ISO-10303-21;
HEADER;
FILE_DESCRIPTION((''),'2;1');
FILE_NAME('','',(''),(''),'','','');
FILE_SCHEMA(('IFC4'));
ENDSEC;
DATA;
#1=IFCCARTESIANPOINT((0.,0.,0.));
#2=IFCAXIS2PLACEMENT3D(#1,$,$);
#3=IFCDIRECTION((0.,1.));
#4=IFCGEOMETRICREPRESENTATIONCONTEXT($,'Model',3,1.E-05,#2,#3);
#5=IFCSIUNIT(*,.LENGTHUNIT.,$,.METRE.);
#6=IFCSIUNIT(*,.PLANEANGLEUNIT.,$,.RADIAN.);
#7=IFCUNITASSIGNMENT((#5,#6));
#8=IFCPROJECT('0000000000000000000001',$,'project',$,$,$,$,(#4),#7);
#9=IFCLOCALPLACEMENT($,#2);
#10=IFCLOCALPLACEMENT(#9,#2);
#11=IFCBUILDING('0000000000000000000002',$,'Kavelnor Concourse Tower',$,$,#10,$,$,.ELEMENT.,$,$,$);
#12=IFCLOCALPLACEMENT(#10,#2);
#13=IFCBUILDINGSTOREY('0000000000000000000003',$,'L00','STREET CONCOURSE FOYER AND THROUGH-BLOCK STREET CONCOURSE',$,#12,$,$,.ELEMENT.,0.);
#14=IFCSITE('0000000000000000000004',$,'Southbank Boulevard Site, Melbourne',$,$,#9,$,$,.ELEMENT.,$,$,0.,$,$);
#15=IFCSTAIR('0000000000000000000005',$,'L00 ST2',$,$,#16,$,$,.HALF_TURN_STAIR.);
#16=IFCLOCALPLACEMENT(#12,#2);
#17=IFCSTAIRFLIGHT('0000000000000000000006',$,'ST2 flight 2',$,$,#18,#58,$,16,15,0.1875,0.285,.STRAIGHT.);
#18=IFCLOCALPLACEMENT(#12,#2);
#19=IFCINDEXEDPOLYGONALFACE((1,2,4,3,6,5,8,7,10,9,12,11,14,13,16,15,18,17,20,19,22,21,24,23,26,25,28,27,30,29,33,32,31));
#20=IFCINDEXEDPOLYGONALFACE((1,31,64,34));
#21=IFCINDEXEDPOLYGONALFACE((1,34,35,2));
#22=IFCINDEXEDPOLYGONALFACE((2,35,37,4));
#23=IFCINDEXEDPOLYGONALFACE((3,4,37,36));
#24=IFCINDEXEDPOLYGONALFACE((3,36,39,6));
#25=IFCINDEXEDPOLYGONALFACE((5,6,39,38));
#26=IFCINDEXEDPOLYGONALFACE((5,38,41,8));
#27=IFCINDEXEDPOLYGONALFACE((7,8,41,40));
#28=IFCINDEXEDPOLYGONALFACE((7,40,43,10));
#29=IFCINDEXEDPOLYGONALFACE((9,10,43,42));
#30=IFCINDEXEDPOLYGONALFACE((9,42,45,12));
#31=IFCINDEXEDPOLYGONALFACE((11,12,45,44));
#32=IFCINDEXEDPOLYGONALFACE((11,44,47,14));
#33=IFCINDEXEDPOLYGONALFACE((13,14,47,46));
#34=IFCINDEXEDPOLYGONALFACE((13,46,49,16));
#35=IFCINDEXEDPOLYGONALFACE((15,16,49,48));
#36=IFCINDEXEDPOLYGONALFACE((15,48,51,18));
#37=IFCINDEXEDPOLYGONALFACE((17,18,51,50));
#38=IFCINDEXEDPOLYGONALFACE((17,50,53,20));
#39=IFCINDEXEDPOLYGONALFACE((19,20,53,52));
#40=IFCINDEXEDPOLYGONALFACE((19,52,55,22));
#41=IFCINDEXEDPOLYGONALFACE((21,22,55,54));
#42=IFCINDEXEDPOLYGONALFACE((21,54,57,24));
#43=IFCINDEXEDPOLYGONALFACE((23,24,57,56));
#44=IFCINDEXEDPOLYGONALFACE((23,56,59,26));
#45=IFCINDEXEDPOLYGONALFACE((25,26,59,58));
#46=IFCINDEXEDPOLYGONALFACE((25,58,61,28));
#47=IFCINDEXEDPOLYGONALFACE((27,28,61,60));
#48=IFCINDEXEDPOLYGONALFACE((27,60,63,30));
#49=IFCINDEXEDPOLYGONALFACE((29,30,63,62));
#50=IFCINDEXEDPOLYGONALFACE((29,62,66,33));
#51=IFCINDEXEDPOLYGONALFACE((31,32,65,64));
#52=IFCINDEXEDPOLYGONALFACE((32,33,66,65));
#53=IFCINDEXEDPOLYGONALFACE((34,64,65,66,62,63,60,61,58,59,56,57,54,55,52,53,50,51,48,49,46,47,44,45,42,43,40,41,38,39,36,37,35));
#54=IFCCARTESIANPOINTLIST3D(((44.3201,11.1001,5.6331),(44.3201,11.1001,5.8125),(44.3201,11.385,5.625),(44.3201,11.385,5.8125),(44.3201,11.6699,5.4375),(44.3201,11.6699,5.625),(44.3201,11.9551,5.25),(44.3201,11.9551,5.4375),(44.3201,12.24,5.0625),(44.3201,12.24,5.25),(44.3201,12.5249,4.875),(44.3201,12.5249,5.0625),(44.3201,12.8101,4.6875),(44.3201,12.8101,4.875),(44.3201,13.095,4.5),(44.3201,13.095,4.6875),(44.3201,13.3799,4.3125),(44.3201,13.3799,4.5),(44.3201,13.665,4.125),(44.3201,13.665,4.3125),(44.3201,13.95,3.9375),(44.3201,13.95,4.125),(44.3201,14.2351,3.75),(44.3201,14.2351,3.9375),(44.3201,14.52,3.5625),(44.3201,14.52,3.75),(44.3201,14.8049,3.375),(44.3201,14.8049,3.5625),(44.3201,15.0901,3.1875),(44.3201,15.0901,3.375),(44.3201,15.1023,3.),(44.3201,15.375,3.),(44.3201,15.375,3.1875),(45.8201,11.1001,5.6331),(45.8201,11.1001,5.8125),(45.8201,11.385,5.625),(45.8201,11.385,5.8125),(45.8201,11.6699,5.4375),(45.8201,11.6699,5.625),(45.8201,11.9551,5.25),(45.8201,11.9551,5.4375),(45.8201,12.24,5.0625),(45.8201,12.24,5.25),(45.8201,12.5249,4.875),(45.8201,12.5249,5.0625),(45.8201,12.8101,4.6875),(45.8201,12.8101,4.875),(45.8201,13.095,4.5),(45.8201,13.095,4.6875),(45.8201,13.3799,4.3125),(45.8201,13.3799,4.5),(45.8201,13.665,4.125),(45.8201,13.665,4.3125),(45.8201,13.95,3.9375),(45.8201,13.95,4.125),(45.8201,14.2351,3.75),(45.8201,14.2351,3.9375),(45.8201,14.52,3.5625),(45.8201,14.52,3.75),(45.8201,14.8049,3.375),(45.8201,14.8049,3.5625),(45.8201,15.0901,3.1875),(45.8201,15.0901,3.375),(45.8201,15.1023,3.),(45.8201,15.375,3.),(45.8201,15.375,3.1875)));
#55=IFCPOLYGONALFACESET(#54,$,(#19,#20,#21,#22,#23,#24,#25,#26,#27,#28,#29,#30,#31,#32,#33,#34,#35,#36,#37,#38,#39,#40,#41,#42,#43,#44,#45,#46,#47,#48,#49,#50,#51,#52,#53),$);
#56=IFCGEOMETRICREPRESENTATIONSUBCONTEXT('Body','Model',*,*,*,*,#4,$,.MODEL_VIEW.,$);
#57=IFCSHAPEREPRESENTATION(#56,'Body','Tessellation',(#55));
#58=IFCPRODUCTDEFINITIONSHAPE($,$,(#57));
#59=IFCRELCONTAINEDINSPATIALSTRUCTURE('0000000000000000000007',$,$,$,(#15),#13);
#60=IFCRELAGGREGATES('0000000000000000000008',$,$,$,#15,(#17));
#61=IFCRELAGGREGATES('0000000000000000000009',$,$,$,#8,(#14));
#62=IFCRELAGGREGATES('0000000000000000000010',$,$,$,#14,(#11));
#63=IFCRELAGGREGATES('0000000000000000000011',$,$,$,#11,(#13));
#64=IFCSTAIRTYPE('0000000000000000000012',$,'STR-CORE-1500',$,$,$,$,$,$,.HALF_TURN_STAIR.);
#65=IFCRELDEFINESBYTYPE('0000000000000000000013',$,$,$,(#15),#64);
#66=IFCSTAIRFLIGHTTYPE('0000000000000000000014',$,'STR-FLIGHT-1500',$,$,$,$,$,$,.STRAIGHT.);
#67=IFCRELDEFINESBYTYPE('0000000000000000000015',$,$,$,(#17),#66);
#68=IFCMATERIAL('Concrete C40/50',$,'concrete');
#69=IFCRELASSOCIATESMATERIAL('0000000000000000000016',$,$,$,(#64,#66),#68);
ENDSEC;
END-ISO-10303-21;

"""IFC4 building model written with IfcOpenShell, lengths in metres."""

from ifc_helpers import new_model, si_unit, direction, frame, origin, place, context, subcontext, project, spatial, polyline, outline, extrude, material, type_object, element, aggregate, save


model = new_model("IFC4")

# Units and contexts
model_context = context("Model", 3, precision=1e-05, world=origin(), true_north=direction((0.0, 1.0)))
body_context = subcontext(model_context, "Body", "Model", "MODEL_VIEW")
ifc_project = project(units=[si_unit("LENGTHUNIT", "METRE"), si_unit("PLANEANGLEUNIT", "RADIAN")], contexts=[model_context])

# Site, building, storey
site_placement = place(None, origin())
site = spatial("IfcSite", under=ifc_project, at=site_placement, Name="Southbank Boulevard Site, Melbourne", CompositionType="ELEMENT", RefElevation=0.0)
building_placement = place(site_placement, origin())
building = spatial("IfcBuilding", under=site, at=building_placement, Name="Kavelnor Concourse Tower", CompositionType="ELEMENT")
storey_placement = place(building_placement, origin())
storey = spatial("IfcBuildingStorey", under=building, at=storey_placement, Name="L00", Description="STREET CONCOURSE FOYER AND THROUGH-BLOCK STREET CONCOURSE", CompositionType="ELEMENT", Elevation=0.0)

# Stair, stair flight
ifc_material_1 = material(Name="Concrete C40/50", Category="concrete")
stair_type = type_object("IfcStairType", Name="STR-CORE-1500", PredefinedType="HALF_TURN_STAIR", material=ifc_material_1)
stair_placement = place(storey_placement, origin())
stair = element("IfcStair", 1, at=stair_placement, inside=storey, type_object=stair_type, Name="L00 ST2", PredefinedType="HALF_TURN_STAIR")
stair_flight_type = type_object("IfcStairFlightType", Name="STR-FLIGHT-1500", PredefinedType="STRAIGHT", material=ifc_material_1)
stair_flight_1_placement = place(storey_placement, frame((45.0701, 15.375, 3.0), z_axis=(0.0, 0.0, 1.0), x_axis=(0.0, -1.0, 0.0)))
stair_flight_1 = element("IfcStairFlight", 2, at=stair_flight_1_placement, type_object=stair_flight_type, Name="ST2 flight 2", NumberOfRisers=16, NumberOfTreads=15, PredefinedType="STRAIGHT", RiserHeight=0.1875, TreadLength=0.285, context=body_context, shape_type="SweptSolid", body=[
    extrude(outline(polyline([(0.0, 0.0), (0.0, 0.1875), (0.2849, 0.1875), (0.2849, 0.375), (0.5701, 0.375), (0.5701, 0.5625), (0.855, 0.5625), (0.855, 0.75), (1.1399, 0.75), (1.1399, 0.9375), (1.425, 0.9375), (1.425, 1.125), (1.71, 1.125), (1.71, 1.3125), (1.9951, 1.3125), (1.9951, 1.5), (2.28, 1.5), (2.28, 1.6875), (2.5649, 1.6875), (2.5649, 1.875), (2.8501, 1.875), (2.8501, 2.0625), (3.135, 2.0625), (3.135, 2.25), (3.4199, 2.25), (3.4199, 2.4375), (3.7051, 2.4375), (3.7051, 2.625), (3.99, 2.625), (3.99, 2.8125), (4.2749, 2.8125), (4.2749, 3.0), (4.2749, 2.6331), (0.2727, 0.0), (0.0, 0.0)])), frame((0.0, 0.75, 0.0), z_axis=(0.0, -1.0, 0.0), x_axis=(1.0, 0.0, 0.0)), (0.0, 0.0, 1.0), 1.5),
])
aggregate(stair, [stair_flight_1])

save(model, "model.ifc")
